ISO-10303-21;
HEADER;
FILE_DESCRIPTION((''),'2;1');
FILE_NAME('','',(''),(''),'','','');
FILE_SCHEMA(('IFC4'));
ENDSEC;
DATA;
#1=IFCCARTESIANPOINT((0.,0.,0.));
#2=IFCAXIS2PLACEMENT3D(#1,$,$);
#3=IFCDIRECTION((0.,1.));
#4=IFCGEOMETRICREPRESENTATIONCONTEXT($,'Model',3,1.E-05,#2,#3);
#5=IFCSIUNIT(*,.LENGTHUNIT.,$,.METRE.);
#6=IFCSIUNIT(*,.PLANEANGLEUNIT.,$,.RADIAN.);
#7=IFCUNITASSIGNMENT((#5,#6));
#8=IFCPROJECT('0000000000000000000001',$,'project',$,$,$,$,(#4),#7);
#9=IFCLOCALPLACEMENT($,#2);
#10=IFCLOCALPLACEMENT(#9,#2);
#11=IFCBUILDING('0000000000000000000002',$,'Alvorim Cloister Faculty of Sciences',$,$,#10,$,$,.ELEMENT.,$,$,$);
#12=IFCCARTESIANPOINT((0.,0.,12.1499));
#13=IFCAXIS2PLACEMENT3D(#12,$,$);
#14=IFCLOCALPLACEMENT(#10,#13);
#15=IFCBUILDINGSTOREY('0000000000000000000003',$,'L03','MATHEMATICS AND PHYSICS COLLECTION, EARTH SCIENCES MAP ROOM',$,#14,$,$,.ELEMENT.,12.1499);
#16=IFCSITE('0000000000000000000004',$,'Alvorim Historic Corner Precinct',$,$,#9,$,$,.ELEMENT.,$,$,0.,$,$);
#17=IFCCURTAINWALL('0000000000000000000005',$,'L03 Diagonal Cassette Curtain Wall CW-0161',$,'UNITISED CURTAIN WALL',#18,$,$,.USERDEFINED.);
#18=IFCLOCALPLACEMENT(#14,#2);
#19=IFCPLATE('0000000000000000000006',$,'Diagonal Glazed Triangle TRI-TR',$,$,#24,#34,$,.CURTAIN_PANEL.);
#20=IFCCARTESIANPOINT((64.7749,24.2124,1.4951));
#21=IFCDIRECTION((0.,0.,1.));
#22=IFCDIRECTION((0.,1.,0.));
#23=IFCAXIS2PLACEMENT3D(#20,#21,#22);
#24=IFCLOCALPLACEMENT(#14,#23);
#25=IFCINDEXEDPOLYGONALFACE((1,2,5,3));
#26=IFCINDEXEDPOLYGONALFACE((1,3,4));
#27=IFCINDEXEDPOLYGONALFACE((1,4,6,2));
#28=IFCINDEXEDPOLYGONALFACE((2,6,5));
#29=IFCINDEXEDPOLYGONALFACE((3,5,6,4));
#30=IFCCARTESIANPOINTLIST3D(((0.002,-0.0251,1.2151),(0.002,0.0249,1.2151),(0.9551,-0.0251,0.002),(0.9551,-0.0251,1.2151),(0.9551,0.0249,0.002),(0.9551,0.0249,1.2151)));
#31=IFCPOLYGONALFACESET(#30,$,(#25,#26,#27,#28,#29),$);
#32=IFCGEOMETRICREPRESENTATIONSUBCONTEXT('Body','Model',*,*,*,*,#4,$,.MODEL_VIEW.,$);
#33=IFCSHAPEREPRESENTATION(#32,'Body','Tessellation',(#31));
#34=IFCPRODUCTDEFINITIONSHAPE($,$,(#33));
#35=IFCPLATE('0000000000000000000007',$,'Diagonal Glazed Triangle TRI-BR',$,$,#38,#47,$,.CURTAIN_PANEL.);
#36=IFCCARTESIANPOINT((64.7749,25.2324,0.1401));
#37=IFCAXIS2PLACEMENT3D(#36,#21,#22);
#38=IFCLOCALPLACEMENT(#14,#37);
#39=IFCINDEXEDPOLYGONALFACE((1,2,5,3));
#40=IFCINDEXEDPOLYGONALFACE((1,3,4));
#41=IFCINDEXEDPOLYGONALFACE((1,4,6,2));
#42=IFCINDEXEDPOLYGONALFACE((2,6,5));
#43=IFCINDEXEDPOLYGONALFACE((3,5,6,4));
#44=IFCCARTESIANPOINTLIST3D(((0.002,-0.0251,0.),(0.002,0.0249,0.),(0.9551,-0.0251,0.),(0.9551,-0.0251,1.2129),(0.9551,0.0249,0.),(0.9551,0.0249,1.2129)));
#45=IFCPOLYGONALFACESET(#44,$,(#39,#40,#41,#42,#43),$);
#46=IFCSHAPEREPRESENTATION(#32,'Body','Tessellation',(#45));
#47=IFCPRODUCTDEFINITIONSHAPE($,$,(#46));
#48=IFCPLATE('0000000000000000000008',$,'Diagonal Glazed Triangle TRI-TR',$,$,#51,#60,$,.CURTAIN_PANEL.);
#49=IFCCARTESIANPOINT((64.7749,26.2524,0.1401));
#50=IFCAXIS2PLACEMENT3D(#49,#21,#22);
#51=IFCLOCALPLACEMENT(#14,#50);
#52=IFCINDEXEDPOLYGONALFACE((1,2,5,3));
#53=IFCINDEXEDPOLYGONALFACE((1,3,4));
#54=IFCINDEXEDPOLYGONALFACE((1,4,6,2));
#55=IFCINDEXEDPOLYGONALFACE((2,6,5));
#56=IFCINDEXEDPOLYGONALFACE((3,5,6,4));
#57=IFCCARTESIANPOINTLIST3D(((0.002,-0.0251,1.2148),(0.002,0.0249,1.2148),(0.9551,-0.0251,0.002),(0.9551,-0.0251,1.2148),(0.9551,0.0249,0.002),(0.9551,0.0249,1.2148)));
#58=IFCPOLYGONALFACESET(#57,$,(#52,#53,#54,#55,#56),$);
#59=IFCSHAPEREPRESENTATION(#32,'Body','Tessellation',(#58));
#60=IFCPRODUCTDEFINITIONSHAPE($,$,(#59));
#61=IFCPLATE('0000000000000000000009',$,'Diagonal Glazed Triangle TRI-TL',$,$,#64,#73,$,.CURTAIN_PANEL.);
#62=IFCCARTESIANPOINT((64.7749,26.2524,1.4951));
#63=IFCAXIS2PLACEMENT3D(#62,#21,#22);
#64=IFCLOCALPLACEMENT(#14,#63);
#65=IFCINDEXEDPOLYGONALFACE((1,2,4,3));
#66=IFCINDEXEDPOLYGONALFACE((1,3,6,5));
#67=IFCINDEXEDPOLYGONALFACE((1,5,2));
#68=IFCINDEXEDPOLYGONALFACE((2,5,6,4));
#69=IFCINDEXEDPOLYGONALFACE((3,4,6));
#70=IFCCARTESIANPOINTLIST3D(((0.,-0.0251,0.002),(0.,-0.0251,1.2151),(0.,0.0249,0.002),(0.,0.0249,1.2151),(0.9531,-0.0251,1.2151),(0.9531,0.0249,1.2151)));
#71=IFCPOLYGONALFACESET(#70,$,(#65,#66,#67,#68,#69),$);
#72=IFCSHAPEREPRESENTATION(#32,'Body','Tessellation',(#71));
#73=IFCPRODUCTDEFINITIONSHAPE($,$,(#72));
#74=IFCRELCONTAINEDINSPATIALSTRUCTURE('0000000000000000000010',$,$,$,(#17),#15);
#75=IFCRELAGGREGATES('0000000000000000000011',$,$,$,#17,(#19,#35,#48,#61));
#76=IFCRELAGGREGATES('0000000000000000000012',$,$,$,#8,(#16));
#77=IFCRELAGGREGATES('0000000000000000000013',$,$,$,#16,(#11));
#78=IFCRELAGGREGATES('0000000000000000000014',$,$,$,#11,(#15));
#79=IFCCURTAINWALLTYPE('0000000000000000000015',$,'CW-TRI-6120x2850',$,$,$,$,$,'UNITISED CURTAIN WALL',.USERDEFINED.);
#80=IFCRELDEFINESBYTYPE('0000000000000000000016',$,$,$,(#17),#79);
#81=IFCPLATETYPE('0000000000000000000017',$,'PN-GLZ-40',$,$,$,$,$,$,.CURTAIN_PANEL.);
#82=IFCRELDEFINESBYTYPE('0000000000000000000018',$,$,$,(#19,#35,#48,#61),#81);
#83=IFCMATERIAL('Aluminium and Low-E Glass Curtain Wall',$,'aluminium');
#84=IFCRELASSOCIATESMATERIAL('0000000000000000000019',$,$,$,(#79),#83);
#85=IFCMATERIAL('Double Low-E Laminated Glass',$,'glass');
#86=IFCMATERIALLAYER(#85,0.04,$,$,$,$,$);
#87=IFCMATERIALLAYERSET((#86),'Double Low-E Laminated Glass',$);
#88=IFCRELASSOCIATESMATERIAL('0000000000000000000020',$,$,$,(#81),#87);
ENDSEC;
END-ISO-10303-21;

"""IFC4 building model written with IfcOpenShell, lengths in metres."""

from ifc_helpers import new_model, si_unit, direction, frame, origin, place, context, subcontext, project, spatial, polyline, outline, extrude, material, layer, layer_set, type_object, element, aggregate, save


model = new_model("IFC4")

# Units and contexts
model_context = context("Model", 3, precision=1e-05, world=origin(), true_north=direction((0.0, 1.0)))
body_context = subcontext(model_context, "Body", "Model", "MODEL_VIEW")
ifc_project = project(units=[si_unit("LENGTHUNIT", "METRE"), si_unit("PLANEANGLEUNIT", "RADIAN")], contexts=[model_context])

# Site, building, storey
site_placement = place(None, origin())
site = spatial("IfcSite", under=ifc_project, at=site_placement, Name="Alvorim Historic Corner Precinct", CompositionType="ELEMENT", RefElevation=0.0)
building_placement = place(site_placement, origin())
building = spatial("IfcBuilding", under=site, at=building_placement, Name="Alvorim Cloister Faculty of Sciences", CompositionType="ELEMENT")
storey_placement = place(building_placement, frame((0.0, 0.0, 12.1499)))
storey = spatial("IfcBuildingStorey", under=building, at=storey_placement, Name="L03", Description="MATHEMATICS AND PHYSICS COLLECTION, EARTH SCIENCES MAP ROOM", CompositionType="ELEMENT", Elevation=12.1499)

# Curtain wall, plates
ifc_material_1 = material(Name="Aluminium and Low-E Glass Curtain Wall", Category="aluminium")
curtain_wall_type = type_object("IfcCurtainWallType", Name="CW-TRI-6120x2850", ElementType="UNITISED CURTAIN WALL", PredefinedType="USERDEFINED", material=ifc_material_1)
ifc_material_2 = material(Name="Double Low-E Laminated Glass", Category="glass")
ifc_layer_1 = layer(ifc_material_2, 0.04)
ifc_layer_set_1 = layer_set([ifc_layer_1], Name="Double Low-E Laminated Glass")
plate_type = type_object("IfcPlateType", Name="PN-GLZ-40", PredefinedType="CURTAIN_PANEL", material=ifc_layer_set_1)
curtain_wall_1_placement = place(storey_placement, origin())
curtain_wall_1 = element("IfcCurtainWall", 1, at=curtain_wall_1_placement, inside=storey, type_object=curtain_wall_type, Name="L03 Diagonal Cassette Curtain Wall CW-0161", ObjectType="UNITISED CURTAIN WALL", PredefinedType="USERDEFINED")
plate_1_placement = place(storey_placement, frame((64.7749, 24.2124, 1.4951), z_axis=(0.0, 0.0, 1.0), x_axis=(0.0, 1.0, 0.0)))
plate_1 = element("IfcPlate", 2, at=plate_1_placement, type_object=plate_type, Name="Diagonal Glazed Triangle TRI-TR", PredefinedType="CURTAIN_PANEL", context=body_context, shape_type="SweptSolid", body=[
    extrude(outline(polyline([(0.9551, 0.002), (0.9551, 1.2151), (0.002, 1.2151), (0.9551, 0.002)])), frame((0.0, 0.0249, 0.0), z_axis=(0.0, -1.0, 0.0), x_axis=(1.0, 0.0, 0.0)), (0.0, 0.0, 1.0), 0.05),
])
plate_2_placement = place(storey_placement, frame((64.7749, 25.2324, 0.1401), z_axis=(0.0, 0.0, 1.0), x_axis=(0.0, 1.0, 0.0)))
plate_2 = element("IfcPlate", 3, at=plate_2_placement, type_object=plate_type, Name="Diagonal Glazed Triangle TRI-BR", PredefinedType="CURTAIN_PANEL", context=body_context, shape_type="SweptSolid", body=[
    extrude(outline(polyline([(0.002, 0.0), (0.9551, 0.0), (0.9551, 1.2129), (0.002, 0.0)])), frame((0.0, 0.0249, 0.0), z_axis=(0.0, -1.0, 0.0), x_axis=(1.0, 0.0, 0.0)), (0.0, 0.0, 1.0), 0.05),
])
plate_3_placement = place(storey_placement, frame((64.7749, 26.2524, 0.1401), z_axis=(0.0, 0.0, 1.0), x_axis=(0.0, 1.0, 0.0)))
plate_3 = element("IfcPlate", 4, at=plate_3_placement, type_object=plate_type, Name="Diagonal Glazed Triangle TRI-TR", PredefinedType="CURTAIN_PANEL", context=body_context, shape_type="SweptSolid", body=[
    extrude(outline(polyline([(0.9551, 0.002), (0.9551, 1.2148), (0.002, 1.2148), (0.9551, 0.002)])), frame((0.0, 0.0249, 0.0), z_axis=(0.0, -1.0, 0.0), x_axis=(1.0, 0.0, 0.0)), (0.0, 0.0, 1.0), 0.05),
])
plate_4_placement = place(storey_placement, frame((64.7749, 26.2524, 1.4951), z_axis=(0.0, 0.0, 1.0), x_axis=(0.0, 1.0, 0.0)))
plate_4 = element("IfcPlate", 5, at=plate_4_placement, type_object=plate_type, Name="Diagonal Glazed Triangle TRI-TL", PredefinedType="CURTAIN_PANEL", context=body_context, shape_type="SweptSolid", body=[
    extrude(outline(polyline([(0.9531, 1.2151), (0.0, 1.2151), (0.0, 0.002), (0.9531, 1.2151)])), frame((0.0, 0.0249, 0.0), z_axis=(0.0, -1.0, 0.0), x_axis=(1.0, 0.0, 0.0)), (0.0, 0.0, 1.0), 0.05),
])
aggregate(curtain_wall_1, [plate_1, plate_2, plate_3, plate_4])

save(model, "model.ifc")
